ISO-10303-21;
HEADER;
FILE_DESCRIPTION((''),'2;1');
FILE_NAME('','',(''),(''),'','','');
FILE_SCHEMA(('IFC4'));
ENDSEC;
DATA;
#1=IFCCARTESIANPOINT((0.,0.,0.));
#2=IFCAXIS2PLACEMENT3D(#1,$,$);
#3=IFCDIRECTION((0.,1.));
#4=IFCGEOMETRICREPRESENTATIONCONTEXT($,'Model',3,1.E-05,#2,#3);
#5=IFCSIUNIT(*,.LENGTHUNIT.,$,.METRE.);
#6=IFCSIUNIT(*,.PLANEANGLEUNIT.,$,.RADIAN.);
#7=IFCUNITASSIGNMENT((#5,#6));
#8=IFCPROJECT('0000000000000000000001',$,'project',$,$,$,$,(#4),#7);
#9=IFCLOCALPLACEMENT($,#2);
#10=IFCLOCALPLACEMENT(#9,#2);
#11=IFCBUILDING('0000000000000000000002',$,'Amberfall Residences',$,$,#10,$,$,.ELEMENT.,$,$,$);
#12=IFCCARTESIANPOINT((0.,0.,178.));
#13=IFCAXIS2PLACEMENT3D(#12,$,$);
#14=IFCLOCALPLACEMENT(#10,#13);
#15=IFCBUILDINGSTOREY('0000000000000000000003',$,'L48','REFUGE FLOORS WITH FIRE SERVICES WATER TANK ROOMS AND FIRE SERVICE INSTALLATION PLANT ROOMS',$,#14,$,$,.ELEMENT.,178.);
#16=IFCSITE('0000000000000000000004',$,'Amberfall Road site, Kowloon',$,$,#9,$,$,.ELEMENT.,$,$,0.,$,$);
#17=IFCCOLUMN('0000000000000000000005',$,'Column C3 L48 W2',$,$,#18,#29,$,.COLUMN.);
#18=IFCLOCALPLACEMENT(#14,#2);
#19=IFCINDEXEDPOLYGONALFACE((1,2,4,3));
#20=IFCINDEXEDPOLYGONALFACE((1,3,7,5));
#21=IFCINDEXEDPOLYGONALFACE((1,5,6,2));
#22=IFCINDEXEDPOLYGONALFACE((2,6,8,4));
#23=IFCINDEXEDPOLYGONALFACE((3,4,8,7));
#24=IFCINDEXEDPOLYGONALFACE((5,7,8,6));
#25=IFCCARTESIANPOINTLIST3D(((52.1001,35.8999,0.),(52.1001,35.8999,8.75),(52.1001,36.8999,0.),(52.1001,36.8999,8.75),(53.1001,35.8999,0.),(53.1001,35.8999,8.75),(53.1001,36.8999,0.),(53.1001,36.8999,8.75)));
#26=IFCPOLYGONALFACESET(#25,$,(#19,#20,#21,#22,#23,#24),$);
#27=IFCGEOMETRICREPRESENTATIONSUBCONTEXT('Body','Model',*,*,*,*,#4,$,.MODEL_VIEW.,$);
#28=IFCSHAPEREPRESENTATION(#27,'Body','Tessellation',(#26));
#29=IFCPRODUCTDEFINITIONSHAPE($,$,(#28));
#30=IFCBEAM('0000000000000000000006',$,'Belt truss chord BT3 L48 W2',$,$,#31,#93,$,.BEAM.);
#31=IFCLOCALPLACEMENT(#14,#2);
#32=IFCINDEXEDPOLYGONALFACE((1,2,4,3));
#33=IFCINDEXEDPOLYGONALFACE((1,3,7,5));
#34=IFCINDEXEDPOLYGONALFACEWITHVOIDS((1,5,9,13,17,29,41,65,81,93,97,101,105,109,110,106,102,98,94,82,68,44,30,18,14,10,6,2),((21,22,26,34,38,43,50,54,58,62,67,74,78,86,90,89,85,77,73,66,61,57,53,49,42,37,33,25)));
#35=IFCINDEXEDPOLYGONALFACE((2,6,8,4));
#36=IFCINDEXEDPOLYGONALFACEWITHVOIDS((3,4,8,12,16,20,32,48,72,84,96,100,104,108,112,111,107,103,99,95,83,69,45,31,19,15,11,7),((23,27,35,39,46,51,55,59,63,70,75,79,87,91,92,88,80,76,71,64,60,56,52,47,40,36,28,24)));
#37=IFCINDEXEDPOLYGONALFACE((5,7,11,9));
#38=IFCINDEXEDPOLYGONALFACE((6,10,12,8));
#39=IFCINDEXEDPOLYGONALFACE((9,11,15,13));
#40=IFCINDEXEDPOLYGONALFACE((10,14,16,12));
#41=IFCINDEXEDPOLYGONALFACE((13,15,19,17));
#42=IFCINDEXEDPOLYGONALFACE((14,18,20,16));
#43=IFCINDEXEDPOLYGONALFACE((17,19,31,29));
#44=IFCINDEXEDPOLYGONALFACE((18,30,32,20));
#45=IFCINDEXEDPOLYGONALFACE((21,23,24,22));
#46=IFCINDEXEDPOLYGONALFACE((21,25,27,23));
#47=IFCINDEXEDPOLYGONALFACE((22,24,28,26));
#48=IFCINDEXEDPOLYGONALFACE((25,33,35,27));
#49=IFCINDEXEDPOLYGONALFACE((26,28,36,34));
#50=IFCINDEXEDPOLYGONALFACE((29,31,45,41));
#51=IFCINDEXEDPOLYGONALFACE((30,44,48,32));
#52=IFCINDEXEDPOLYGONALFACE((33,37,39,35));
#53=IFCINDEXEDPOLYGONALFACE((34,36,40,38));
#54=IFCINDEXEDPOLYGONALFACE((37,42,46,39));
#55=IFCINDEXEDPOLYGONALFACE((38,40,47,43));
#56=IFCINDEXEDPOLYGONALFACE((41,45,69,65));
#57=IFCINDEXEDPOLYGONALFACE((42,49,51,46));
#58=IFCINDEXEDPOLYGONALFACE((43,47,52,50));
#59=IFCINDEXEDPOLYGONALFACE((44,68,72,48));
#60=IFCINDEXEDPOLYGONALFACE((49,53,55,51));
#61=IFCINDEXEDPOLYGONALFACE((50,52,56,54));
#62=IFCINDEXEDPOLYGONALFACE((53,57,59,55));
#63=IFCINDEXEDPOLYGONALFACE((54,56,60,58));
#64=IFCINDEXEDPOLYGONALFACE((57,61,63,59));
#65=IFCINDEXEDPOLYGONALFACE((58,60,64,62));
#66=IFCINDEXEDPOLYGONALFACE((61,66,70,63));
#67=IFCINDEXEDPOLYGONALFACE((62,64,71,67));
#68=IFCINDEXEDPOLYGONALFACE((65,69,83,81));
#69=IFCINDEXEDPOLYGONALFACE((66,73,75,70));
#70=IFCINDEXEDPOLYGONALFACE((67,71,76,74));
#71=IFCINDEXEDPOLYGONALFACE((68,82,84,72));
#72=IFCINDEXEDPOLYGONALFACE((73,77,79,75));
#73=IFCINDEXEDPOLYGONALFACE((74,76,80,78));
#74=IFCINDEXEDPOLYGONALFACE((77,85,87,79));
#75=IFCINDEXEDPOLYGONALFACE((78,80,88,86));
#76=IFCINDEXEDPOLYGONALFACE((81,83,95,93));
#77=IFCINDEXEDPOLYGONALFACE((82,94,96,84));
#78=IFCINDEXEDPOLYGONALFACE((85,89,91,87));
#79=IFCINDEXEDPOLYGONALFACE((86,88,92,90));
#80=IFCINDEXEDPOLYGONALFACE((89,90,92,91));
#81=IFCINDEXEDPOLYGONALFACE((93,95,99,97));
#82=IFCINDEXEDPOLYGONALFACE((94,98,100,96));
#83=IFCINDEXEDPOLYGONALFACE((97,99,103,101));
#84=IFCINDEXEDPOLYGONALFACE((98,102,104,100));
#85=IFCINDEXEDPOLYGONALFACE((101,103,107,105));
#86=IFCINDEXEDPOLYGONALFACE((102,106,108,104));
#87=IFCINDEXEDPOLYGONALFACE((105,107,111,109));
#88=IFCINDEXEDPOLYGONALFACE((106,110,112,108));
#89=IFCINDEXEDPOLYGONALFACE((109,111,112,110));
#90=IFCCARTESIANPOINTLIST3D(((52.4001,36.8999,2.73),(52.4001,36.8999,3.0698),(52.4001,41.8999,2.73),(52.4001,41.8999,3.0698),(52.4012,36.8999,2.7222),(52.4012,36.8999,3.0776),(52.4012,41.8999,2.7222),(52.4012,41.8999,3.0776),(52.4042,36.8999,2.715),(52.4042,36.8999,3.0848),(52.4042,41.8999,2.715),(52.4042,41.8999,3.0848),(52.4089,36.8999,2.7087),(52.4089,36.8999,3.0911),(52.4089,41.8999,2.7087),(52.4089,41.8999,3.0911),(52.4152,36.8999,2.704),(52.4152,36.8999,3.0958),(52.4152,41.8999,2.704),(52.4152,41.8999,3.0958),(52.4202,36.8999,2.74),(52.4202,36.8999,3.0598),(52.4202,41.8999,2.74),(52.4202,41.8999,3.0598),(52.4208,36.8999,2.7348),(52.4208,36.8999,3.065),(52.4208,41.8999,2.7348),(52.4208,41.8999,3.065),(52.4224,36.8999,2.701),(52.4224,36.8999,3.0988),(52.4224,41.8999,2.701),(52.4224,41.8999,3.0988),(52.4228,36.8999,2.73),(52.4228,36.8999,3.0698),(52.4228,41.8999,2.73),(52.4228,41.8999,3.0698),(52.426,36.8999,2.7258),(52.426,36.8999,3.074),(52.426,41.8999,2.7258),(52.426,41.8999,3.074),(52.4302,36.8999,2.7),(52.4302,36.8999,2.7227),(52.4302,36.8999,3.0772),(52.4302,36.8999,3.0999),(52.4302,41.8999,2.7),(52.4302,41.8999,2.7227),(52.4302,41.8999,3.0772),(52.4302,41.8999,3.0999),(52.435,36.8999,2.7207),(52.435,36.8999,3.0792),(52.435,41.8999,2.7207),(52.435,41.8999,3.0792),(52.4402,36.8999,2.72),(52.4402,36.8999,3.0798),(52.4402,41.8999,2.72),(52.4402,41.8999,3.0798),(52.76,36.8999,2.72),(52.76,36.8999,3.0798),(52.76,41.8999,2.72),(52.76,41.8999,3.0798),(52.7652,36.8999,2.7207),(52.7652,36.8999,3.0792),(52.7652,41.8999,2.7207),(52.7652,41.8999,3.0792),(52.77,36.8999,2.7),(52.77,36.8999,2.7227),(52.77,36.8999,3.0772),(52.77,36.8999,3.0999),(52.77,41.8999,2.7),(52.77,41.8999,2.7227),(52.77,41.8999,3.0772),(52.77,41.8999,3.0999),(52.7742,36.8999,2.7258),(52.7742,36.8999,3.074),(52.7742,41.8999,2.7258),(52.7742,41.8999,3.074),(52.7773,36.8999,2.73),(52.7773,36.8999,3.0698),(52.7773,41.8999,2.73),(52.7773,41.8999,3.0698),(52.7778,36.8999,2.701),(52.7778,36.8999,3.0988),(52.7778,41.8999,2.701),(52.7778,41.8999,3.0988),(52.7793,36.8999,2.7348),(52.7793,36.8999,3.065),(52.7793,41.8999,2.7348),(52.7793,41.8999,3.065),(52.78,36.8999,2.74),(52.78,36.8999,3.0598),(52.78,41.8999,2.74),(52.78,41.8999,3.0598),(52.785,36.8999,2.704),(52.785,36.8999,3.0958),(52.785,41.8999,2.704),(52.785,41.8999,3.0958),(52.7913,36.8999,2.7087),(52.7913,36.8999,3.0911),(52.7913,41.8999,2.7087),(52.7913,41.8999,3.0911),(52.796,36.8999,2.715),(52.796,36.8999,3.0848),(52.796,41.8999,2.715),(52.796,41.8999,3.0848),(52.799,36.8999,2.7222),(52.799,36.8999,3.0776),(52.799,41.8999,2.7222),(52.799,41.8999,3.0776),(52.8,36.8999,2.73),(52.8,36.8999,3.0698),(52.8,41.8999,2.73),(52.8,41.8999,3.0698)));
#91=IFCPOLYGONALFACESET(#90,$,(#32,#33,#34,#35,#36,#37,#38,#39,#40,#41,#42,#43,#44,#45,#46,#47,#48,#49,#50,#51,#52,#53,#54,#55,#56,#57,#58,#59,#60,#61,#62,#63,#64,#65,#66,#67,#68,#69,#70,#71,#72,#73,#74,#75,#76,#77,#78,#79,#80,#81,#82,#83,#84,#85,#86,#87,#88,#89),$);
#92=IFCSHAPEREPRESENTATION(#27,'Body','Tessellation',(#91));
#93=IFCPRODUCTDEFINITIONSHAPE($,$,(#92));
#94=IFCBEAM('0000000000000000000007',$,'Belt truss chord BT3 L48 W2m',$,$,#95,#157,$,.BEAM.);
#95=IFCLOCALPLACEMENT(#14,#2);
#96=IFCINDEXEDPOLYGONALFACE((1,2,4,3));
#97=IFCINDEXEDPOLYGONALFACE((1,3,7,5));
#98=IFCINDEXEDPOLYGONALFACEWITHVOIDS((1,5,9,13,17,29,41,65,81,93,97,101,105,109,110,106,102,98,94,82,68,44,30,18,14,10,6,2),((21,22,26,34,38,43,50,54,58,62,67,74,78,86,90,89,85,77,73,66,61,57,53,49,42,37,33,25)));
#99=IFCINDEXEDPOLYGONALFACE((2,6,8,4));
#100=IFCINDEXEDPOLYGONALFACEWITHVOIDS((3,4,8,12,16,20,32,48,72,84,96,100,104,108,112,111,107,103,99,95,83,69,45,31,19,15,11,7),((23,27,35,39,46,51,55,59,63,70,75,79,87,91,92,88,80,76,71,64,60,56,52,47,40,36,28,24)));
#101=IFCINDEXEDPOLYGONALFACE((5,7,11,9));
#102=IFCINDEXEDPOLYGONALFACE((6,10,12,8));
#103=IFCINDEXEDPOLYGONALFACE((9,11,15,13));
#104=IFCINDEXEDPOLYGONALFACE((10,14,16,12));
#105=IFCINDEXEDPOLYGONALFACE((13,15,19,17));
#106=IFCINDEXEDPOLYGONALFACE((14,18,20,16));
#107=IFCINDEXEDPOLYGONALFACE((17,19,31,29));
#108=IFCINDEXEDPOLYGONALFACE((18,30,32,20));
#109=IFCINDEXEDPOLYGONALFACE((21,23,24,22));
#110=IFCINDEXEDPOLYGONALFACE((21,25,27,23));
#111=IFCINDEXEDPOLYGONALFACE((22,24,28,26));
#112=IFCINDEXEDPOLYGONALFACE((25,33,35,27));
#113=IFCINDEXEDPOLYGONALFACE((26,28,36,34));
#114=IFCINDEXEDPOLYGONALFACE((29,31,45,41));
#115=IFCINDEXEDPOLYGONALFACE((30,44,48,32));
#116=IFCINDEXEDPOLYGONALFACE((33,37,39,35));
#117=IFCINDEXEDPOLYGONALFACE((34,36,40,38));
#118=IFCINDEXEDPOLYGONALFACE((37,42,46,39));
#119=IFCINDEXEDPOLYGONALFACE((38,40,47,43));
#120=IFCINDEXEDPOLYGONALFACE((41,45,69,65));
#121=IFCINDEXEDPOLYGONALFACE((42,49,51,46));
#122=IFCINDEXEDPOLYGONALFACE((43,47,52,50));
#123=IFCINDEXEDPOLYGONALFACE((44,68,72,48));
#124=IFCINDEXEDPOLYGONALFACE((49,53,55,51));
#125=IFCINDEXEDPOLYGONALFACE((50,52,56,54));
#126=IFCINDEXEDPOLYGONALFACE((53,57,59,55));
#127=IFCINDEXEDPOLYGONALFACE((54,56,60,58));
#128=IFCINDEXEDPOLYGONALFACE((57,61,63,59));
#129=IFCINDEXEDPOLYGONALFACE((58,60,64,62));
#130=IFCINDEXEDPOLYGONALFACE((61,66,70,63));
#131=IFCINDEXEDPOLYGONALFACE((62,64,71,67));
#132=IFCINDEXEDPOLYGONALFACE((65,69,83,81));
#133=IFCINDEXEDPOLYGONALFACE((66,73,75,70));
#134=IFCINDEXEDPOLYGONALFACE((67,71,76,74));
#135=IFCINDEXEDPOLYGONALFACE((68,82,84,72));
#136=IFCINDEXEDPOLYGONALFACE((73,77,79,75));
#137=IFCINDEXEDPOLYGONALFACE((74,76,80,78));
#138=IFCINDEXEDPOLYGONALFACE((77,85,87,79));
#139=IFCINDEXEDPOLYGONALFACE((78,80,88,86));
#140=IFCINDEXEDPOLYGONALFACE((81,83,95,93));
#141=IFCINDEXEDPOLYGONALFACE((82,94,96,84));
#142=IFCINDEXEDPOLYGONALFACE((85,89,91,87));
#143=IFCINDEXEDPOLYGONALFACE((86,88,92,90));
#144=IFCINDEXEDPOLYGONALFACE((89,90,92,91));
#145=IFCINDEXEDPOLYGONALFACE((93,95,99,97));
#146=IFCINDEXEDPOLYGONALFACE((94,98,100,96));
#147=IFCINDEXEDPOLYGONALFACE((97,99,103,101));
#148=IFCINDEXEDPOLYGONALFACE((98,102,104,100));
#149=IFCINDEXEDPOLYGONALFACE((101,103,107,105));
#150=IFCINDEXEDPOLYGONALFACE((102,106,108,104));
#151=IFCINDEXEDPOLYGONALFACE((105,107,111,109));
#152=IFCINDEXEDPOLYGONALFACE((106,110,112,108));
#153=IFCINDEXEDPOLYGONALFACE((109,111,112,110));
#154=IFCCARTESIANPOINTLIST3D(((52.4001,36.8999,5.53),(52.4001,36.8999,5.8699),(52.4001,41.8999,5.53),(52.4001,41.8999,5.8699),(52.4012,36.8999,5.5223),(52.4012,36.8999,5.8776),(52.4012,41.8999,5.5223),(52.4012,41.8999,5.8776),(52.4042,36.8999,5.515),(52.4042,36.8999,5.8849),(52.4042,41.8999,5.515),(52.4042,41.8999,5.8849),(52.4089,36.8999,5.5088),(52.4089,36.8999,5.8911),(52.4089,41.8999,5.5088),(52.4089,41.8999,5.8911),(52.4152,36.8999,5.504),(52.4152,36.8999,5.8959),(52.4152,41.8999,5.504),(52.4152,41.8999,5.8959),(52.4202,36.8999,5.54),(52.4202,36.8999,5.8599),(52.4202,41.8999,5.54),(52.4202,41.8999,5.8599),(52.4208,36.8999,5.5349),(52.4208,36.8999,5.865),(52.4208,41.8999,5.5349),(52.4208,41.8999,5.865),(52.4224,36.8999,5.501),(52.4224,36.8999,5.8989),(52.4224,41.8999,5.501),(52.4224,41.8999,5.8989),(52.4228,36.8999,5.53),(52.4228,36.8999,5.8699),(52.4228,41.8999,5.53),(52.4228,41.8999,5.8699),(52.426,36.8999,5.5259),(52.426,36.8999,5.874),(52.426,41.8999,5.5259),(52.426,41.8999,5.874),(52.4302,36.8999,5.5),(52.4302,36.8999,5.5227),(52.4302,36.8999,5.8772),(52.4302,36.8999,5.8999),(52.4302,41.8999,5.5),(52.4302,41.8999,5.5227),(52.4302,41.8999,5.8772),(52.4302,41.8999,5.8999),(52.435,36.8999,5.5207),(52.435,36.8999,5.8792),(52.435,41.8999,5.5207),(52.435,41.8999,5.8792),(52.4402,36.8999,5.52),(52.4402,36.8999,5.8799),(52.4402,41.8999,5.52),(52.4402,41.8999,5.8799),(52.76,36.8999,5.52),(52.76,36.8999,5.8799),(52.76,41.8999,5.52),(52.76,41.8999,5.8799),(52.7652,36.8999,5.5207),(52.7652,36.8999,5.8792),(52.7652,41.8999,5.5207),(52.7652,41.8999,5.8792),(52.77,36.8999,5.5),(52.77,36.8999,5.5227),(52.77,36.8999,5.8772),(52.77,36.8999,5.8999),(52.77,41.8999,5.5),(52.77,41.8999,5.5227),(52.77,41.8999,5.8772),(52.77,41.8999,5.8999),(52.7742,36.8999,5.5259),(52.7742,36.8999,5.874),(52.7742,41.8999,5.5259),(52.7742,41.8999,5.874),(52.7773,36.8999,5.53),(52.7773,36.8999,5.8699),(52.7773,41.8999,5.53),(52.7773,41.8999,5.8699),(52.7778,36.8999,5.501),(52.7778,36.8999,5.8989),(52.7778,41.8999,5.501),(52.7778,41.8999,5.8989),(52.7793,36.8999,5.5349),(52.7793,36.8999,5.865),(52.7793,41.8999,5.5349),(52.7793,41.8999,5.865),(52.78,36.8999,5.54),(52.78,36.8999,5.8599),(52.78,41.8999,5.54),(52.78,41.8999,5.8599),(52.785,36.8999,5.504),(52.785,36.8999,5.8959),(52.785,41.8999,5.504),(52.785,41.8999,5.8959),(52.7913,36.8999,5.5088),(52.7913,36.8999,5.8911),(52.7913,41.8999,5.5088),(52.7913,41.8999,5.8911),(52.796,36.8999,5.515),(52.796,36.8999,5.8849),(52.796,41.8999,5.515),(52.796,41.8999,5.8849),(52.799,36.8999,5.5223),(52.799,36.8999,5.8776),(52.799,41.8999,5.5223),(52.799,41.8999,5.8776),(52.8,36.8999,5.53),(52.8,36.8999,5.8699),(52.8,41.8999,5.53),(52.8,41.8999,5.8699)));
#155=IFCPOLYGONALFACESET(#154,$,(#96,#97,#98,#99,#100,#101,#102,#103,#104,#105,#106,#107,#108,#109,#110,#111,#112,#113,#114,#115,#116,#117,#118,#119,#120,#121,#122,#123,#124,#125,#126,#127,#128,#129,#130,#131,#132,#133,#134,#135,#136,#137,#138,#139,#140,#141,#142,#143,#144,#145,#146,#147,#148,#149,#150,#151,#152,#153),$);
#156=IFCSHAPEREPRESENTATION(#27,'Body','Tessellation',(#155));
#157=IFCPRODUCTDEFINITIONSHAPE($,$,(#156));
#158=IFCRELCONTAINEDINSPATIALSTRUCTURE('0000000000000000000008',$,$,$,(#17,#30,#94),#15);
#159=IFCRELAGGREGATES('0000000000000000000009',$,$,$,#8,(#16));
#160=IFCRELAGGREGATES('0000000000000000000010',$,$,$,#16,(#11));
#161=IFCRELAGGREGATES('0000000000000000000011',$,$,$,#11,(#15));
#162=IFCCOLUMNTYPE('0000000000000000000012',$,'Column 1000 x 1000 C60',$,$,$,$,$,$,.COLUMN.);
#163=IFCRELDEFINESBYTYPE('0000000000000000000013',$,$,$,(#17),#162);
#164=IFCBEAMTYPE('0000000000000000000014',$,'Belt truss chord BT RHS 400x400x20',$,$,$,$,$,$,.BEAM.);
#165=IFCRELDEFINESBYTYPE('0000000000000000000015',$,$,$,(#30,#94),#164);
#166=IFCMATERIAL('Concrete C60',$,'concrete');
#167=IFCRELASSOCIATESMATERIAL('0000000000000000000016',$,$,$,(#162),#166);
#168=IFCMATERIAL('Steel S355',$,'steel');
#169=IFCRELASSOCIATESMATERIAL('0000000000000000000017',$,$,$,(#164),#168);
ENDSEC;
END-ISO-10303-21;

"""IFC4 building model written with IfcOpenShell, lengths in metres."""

from ifc_helpers import new_model, si_unit, direction, frame, origin, origin_2d, place, context, subcontext, project, spatial, rectangle, hollow_rectangle, extrude, material, material_profile, profile_set, type_object, element, save


model = new_model("IFC4")

# Units and contexts
model_context = context("Model", 3, precision=1e-05, world=origin(), true_north=direction((0.0, 1.0)))
body_context = subcontext(model_context, "Body", "Model", "MODEL_VIEW")
ifc_project = project(units=[si_unit("LENGTHUNIT", "METRE"), si_unit("PLANEANGLEUNIT", "RADIAN")], contexts=[model_context])

# Site, building, storey
site_placement = place(None, origin())
site = spatial("IfcSite", under=ifc_project, at=site_placement, Name="Amberfall Road site, Kowloon", CompositionType="ELEMENT", RefElevation=0.0)
building_placement = place(site_placement, origin())
building = spatial("IfcBuilding", under=site, at=building_placement, Name="Amberfall Residences", CompositionType="ELEMENT")
storey_placement = place(building_placement, frame((0.0, 0.0, 178.0)))
storey = spatial("IfcBuildingStorey", under=building, at=storey_placement, Name="L48", Description="REFUGE FLOORS WITH FIRE SERVICES WATER TANK ROOMS AND FIRE SERVICE INSTALLATION PLANT ROOMS", CompositionType="ELEMENT", Elevation=178.0)

# Column
ifc_material_1 = material(Name="Concrete C60", Category="concrete")
ifc_material_profile_1 = material_profile(ifc_material_1, rectangle(XDim=1.0, YDim=1.0, at=origin_2d()), Name="Column 1000 x 1000 C60")
ifc_profile_set_1 = profile_set([ifc_material_profile_1], Name="Concrete C60")
column_type = type_object("IfcColumnType", Name="Column 1000 x 1000 C60", PredefinedType="COLUMN", material=ifc_profile_set_1)
column_placement = place(storey_placement, frame((52.6001, 36.3999, 0.0), z_axis=(0.0, 0.0, 1.0), x_axis=(1.0, 0.0, 0.0)))
element("IfcColumn", 1, at=column_placement, inside=storey, type_object=column_type, Name="Column C3 L48 W2", PredefinedType="COLUMN", context=body_context, shape_type="SweptSolid", body=[
    extrude(rectangle(XDim=1.0, YDim=1.0, at=origin_2d()), origin(), (0.0, 0.0, 1.0), 8.75),
])

# Beams
ifc_material_2 = material(Name="Steel S355", Category="steel")
ifc_material_profile_2 = material_profile(ifc_material_2, hollow_rectangle(XDim=0.3999, YDim=0.3999, WallThickness=0.02, InnerFilletRadius=0.02, OuterFilletRadius=0.03, at=origin_2d()), Name="RHS 400x400x20")
ifc_profile_set_2 = profile_set([ifc_material_profile_2], Name="Steel S355")
beam_type_1 = type_object("IfcBeamType", Name="Belt truss chord BT RHS 400x400x20", PredefinedType="BEAM", material=ifc_profile_set_2)
for number, where, z_axis, x_axis, name in (
    (2, (52.6001, 36.8999, 2.8999), (0.0, 1.0, 0.0), (-1.0, 0.0, 0.0), "Belt truss chord BT3 L48 W2"),
    (3, (52.6001, 36.8999, 5.7), (0.0, 1.0, 0.0), (-1.0, 0.0, 0.0), "Belt truss chord BT3 L48 W2m"),
):
    element("IfcBeam", number, at=place(storey_placement, frame(where, z_axis=z_axis, x_axis=x_axis)), inside=storey, type_object=beam_type_1, Name=name, PredefinedType="BEAM", context=body_context, shape_type="SweptSolid", body=[
        extrude(hollow_rectangle(XDim=0.3999, YDim=0.3999, WallThickness=0.02, InnerFilletRadius=0.02, OuterFilletRadius=0.03, at=origin_2d()), origin(), (0.0, 0.0, 1.0), 5.0),
    ])

save(model, "model.ifc")
